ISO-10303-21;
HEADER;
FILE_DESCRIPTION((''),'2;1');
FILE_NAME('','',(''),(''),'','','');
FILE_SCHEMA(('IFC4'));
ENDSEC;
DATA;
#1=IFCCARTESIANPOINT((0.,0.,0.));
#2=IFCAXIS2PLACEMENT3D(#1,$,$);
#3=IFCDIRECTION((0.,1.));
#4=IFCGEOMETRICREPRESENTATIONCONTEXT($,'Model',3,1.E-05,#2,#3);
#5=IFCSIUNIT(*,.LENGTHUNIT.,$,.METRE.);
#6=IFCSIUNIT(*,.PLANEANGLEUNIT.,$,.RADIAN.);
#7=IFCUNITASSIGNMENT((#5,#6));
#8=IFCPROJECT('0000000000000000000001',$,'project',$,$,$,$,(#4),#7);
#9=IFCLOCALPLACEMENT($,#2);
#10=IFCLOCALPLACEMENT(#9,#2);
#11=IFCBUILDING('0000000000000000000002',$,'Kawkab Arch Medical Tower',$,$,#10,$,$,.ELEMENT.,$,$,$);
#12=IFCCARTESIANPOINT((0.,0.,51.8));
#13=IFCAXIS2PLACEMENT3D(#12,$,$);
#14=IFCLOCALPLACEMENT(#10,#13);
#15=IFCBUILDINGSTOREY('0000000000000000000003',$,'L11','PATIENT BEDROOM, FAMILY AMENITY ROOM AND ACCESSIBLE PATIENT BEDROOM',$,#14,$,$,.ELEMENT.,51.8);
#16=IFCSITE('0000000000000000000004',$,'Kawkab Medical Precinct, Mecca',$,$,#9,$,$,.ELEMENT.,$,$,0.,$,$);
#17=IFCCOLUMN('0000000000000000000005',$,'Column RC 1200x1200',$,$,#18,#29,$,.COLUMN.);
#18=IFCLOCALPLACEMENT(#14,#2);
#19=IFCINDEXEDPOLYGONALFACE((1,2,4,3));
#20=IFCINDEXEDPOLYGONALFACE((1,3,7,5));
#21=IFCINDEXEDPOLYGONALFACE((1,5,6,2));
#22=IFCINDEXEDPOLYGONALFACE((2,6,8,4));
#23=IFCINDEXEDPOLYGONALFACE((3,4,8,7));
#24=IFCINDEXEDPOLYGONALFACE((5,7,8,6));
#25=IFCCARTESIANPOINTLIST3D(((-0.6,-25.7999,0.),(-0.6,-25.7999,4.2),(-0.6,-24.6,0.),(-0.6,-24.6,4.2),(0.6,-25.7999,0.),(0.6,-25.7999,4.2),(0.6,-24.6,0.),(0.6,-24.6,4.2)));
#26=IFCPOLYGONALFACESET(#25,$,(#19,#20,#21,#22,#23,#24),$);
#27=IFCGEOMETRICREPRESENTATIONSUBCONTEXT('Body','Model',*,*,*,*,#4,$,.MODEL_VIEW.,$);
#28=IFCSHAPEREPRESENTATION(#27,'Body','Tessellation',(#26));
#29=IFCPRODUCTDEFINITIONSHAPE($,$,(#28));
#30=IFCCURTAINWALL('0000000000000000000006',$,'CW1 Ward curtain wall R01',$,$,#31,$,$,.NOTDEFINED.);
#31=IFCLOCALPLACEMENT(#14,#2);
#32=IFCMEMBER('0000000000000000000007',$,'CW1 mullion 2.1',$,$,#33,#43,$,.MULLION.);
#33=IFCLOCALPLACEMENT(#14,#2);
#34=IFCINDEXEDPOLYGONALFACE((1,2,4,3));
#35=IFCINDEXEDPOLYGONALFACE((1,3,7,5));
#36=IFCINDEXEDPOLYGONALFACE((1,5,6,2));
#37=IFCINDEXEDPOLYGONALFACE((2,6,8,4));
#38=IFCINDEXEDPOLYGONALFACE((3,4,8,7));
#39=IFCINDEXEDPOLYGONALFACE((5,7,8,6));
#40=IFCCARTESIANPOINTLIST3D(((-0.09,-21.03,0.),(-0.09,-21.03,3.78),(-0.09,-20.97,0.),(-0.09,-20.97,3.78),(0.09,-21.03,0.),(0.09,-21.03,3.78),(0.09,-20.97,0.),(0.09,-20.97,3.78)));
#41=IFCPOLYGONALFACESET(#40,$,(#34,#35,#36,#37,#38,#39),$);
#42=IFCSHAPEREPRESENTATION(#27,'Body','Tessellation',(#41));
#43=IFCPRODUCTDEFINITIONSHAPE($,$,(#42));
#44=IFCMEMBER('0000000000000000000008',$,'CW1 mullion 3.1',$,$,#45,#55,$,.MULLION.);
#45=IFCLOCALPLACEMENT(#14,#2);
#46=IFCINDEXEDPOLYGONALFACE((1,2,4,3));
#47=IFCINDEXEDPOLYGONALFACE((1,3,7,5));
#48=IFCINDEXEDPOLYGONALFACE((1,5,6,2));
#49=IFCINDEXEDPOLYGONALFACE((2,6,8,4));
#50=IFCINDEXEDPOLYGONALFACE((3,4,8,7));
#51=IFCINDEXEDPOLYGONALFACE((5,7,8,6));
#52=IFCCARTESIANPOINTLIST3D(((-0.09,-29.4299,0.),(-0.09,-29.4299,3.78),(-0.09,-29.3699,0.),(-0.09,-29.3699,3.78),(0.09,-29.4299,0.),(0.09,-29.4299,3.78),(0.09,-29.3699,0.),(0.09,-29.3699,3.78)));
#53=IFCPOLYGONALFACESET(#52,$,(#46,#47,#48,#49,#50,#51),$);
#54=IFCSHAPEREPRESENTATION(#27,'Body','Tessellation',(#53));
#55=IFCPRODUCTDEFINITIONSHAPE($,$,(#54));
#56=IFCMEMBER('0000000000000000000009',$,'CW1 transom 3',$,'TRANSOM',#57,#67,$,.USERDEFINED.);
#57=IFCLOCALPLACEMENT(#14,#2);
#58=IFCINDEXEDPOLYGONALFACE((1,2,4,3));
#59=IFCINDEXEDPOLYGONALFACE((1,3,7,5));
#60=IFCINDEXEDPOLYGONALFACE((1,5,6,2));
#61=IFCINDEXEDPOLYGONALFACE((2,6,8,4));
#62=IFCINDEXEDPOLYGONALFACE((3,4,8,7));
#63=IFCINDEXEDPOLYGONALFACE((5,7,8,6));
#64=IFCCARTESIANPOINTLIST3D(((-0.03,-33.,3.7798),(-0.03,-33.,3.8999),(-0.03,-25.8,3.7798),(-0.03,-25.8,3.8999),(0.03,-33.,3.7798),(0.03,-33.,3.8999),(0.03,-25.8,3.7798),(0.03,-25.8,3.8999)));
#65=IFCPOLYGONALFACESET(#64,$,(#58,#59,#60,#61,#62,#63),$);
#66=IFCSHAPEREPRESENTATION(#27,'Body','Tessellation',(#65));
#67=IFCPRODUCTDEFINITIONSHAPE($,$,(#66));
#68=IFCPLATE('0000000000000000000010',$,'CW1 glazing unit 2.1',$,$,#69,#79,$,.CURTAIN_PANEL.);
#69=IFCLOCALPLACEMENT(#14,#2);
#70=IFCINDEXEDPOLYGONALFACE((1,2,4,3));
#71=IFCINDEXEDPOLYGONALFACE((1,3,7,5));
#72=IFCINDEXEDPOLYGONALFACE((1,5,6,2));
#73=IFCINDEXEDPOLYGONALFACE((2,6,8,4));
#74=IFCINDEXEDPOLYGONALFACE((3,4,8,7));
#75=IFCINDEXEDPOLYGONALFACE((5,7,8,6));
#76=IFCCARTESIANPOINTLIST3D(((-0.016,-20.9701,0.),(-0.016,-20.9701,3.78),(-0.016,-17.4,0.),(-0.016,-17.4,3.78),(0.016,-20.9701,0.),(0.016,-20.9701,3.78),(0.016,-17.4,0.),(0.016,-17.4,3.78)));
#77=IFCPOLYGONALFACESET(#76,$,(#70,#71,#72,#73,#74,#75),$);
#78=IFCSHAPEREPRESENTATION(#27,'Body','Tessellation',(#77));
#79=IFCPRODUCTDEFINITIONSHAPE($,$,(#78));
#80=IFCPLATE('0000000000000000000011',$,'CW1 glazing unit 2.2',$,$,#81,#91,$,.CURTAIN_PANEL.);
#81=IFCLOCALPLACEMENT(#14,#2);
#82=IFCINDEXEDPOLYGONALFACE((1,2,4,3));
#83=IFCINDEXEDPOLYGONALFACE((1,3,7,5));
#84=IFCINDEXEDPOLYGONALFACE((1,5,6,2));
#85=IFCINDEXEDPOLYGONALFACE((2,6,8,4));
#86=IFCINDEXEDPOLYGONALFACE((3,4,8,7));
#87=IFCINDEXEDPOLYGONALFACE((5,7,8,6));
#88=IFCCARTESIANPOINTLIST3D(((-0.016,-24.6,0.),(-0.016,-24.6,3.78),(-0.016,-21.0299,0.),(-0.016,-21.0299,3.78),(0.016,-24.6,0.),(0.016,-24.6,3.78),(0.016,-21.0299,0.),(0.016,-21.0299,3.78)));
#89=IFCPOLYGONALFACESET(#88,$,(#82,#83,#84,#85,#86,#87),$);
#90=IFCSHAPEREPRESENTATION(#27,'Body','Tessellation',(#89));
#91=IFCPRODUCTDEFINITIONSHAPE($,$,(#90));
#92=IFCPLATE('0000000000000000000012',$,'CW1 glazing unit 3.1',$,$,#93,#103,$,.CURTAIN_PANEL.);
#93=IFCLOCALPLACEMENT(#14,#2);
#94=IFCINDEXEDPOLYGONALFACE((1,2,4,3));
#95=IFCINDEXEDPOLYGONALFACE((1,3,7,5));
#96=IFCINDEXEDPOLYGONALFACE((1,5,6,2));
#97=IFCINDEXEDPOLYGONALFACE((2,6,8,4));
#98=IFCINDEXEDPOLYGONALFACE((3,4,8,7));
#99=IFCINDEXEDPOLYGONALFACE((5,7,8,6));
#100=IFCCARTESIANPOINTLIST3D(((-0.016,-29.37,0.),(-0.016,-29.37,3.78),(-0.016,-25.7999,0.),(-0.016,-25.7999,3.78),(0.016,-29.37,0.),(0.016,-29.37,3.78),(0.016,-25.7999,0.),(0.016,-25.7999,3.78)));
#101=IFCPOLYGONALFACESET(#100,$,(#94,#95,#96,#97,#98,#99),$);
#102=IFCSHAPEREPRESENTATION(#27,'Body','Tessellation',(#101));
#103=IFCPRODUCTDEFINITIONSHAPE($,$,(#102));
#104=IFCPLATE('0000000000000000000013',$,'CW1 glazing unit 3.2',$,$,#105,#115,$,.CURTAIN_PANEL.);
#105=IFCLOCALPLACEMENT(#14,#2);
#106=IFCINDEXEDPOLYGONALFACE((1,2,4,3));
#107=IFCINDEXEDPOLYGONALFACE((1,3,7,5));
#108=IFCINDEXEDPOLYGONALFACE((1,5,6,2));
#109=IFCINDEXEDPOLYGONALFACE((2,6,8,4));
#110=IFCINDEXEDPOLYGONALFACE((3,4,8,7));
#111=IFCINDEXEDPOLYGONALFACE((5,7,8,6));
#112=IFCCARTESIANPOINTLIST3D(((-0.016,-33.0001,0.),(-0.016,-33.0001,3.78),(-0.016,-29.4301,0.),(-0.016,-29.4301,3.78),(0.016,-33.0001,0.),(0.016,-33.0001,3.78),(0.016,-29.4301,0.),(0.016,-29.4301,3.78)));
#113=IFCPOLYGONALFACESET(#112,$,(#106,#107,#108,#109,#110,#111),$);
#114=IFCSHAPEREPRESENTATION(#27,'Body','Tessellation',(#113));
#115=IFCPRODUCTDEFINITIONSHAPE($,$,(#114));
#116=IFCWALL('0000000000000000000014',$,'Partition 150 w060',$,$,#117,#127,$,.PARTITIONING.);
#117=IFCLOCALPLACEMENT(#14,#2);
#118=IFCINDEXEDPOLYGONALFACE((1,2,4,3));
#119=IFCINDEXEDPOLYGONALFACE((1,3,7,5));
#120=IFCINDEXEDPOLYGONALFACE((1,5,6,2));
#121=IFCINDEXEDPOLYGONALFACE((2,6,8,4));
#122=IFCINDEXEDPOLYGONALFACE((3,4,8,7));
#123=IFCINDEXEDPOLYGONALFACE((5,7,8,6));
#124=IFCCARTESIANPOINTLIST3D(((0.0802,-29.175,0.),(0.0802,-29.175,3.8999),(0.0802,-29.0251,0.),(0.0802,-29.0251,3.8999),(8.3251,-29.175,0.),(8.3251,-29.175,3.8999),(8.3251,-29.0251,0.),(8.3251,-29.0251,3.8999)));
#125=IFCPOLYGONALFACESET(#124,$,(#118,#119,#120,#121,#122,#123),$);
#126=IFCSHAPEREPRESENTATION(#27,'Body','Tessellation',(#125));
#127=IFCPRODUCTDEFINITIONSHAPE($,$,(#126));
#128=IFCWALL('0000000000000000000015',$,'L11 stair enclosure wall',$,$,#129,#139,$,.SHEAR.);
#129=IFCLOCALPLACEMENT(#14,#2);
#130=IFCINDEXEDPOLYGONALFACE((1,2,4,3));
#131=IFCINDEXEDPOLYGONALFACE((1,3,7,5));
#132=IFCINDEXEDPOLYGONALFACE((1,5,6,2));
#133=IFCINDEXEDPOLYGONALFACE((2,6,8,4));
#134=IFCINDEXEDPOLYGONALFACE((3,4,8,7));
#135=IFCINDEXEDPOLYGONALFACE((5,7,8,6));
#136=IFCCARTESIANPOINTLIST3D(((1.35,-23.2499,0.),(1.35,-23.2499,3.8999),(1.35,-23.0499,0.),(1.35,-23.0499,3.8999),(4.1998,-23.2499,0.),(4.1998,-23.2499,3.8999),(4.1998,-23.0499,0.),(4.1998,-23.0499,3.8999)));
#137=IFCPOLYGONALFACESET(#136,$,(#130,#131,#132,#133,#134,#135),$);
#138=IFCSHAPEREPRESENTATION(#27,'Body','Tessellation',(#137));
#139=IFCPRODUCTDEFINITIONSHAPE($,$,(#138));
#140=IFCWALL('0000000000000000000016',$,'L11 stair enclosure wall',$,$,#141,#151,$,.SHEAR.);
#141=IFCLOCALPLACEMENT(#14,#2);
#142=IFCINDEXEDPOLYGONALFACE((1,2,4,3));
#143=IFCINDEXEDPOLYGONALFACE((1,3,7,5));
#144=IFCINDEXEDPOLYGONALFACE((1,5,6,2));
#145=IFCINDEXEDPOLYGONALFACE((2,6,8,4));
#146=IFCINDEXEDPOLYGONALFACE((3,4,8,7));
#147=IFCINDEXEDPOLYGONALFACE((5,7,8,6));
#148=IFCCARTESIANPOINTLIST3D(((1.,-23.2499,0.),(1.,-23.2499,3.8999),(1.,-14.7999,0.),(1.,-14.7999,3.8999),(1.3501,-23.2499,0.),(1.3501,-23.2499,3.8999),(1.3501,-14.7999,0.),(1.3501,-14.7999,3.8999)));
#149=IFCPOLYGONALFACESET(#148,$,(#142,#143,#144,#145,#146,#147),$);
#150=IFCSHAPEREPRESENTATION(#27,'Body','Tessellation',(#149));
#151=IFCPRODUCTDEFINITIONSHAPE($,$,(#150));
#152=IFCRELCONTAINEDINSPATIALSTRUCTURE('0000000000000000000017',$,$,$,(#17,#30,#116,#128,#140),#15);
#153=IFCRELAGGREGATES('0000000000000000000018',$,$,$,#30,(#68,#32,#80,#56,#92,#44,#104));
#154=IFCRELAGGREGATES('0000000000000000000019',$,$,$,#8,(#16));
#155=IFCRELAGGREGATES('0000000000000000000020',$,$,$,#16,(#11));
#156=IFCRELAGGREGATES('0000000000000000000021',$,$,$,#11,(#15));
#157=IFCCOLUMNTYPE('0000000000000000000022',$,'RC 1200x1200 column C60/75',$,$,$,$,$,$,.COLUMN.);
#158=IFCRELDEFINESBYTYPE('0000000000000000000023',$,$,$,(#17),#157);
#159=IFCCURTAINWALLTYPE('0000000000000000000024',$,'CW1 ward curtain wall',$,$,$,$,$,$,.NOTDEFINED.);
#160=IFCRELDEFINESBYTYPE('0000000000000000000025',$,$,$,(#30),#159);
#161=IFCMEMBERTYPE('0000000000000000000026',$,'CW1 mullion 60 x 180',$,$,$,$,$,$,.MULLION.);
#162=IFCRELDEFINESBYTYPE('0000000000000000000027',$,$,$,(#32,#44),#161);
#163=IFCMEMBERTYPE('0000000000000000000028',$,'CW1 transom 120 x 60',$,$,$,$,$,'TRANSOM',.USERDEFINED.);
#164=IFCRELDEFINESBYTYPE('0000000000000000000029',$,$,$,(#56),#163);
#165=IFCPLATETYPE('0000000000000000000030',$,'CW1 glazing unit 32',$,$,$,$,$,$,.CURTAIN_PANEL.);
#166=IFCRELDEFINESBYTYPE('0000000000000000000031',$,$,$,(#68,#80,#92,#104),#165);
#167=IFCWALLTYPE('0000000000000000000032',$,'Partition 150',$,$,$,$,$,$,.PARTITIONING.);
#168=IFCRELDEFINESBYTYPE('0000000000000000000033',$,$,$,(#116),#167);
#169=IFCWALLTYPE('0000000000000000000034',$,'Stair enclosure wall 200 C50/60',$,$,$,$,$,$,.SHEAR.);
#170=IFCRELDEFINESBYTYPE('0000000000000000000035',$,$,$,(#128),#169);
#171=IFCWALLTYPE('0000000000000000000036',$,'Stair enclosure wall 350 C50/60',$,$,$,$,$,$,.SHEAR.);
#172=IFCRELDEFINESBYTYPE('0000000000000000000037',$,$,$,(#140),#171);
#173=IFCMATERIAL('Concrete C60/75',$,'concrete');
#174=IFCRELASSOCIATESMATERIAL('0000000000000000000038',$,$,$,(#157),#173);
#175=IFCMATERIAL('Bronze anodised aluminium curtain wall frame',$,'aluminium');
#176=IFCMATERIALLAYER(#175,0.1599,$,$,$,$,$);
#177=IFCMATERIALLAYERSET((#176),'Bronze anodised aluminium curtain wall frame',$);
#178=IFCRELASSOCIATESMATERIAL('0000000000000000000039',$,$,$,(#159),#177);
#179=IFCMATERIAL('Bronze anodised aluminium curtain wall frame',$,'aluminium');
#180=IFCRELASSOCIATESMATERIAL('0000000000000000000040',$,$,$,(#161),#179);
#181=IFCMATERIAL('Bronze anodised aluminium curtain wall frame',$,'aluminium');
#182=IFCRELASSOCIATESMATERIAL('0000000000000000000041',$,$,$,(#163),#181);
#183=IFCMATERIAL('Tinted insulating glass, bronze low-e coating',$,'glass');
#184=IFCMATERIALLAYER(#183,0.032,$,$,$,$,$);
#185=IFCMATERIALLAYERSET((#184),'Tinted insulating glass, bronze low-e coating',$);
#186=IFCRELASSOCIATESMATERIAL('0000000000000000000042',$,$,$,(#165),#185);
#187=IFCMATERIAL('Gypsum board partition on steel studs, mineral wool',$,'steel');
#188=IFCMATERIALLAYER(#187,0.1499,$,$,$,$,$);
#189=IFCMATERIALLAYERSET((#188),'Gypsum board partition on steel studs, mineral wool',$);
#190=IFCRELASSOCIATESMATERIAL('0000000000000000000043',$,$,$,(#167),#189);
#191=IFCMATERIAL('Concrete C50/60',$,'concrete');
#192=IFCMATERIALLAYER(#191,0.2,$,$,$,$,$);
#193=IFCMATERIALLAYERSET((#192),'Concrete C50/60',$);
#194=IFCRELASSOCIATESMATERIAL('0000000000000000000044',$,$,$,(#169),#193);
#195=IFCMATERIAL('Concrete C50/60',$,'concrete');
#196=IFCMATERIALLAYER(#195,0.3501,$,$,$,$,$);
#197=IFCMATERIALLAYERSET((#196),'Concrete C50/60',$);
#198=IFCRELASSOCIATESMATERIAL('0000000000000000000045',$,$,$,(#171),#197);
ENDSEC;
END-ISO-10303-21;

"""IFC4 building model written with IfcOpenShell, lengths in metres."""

from ifc_helpers import new_model, si_unit, direction, frame, frame_2d, origin, origin_2d, place, context, subcontext, project, spatial, rectangle, extrude, material, layer, layer_set, material_profile, profile_set, type_object, element, aggregate, save


model = new_model("IFC4")

# Units and contexts
model_context = context("Model", 3, precision=1e-05, world=origin(), true_north=direction((0.0, 1.0)))
body_context = subcontext(model_context, "Body", "Model", "MODEL_VIEW")
ifc_project = project(units=[si_unit("LENGTHUNIT", "METRE"), si_unit("PLANEANGLEUNIT", "RADIAN")], contexts=[model_context])

# Site, building, storey
site_placement = place(None, origin())
site = spatial("IfcSite", under=ifc_project, at=site_placement, Name="Kawkab Medical Precinct, Mecca", CompositionType="ELEMENT", RefElevation=0.0)
building_placement = place(site_placement, origin())
building = spatial("IfcBuilding", under=site, at=building_placement, Name="Kawkab Arch Medical Tower", CompositionType="ELEMENT")
storey_placement = place(building_placement, frame((0.0, 0.0, 51.8)))
storey = spatial("IfcBuildingStorey", under=building, at=storey_placement, Name="L11", Description="PATIENT BEDROOM, FAMILY AMENITY ROOM AND ACCESSIBLE PATIENT BEDROOM", CompositionType="ELEMENT", Elevation=51.8)

# Column
ifc_material_1 = material(Name="Concrete C60/75", Category="concrete")
ifc_material_profile_1 = material_profile(ifc_material_1, rectangle(XDim=1.2, YDim=1.2, at=origin_2d()), Name="RC 1200x1200")
ifc_profile_set_1 = profile_set([ifc_material_profile_1], Name="Concrete C60/75")
column_type = type_object("IfcColumnType", Name="RC 1200x1200 column C60/75", PredefinedType="COLUMN", material=ifc_profile_set_1)
column_placement = place(storey_placement, frame((0.0, -25.2, 0.0), z_axis=(0.0, 0.0, 1.0), x_axis=(1.0, 0.0, 0.0)))
element("IfcColumn", 1, at=column_placement, inside=storey, type_object=column_type, Name="Column RC 1200x1200", PredefinedType="COLUMN", context=body_context, shape_type="SweptSolid", body=[
    extrude(rectangle(XDim=1.2, YDim=1.2, at=origin_2d()), origin(), (0.0, 0.0, 1.0), 4.2),
])

# Curtain wall, members, plates
ifc_material_2 = material(Name="Bronze anodised aluminium curtain wall frame", Category="aluminium")
ifc_layer_1 = layer(ifc_material_2, 0.1599)
ifc_layer_set_1 = layer_set([ifc_layer_1], Name="Bronze anodised aluminium curtain wall frame")
curtain_wall_type = type_object("IfcCurtainWallType", Name="CW1 ward curtain wall", PredefinedType="NOTDEFINED", material=ifc_layer_set_1)
placement = place(storey_placement, origin())
curtain_wall = element("IfcCurtainWall", 2, at=placement, inside=storey, type_object=curtain_wall_type, Name="CW1 Ward curtain wall R01", PredefinedType="NOTDEFINED")
ifc_material_3 = material(Name="Bronze anodised aluminium curtain wall frame", Category="aluminium")
ifc_material_profile_2 = material_profile(ifc_material_3, rectangle(XDim=0.1799, YDim=0.0601, at=origin_2d()), Name="AL 60x180")
ifc_profile_set_2 = profile_set([ifc_material_profile_2], Name="Bronze anodised aluminium curtain wall frame")
member_type_1 = type_object("IfcMemberType", Name="CW1 mullion 60 x 180", PredefinedType="MULLION", material=ifc_profile_set_2)
member_1_placement = place(storey_placement, frame((0.0, -21.0, 0.0), z_axis=(0.0, 0.0, 1.0), x_axis=(1.0, 0.0, 0.0)))
member_1 = element("IfcMember", 3, at=member_1_placement, type_object=member_type_1, Name="CW1 mullion 2.1", PredefinedType="MULLION", context=body_context, shape_type="SweptSolid", body=[
    extrude(rectangle(XDim=0.1799, YDim=0.0601, at=origin_2d()), origin(), (0.0, 0.0, 1.0), 3.78),
])
member_2_placement = place(storey_placement, frame((0.0, -29.3999, 0.0), z_axis=(0.0, 0.0, 1.0), x_axis=(1.0, 0.0, 0.0)))
member_2 = element("IfcMember", 4, at=member_2_placement, type_object=member_type_1, Name="CW1 mullion 3.1", PredefinedType="MULLION", context=body_context, shape_type="SweptSolid", body=[
    extrude(rectangle(XDim=0.1799, YDim=0.0601, at=origin_2d()), origin(), (0.0, 0.0, 1.0), 3.78),
])
ifc_material_4 = material(Name="Bronze anodised aluminium curtain wall frame", Category="aluminium")
ifc_material_profile_3 = material_profile(ifc_material_4, rectangle(XDim=0.0601, YDim=0.1201, at=origin_2d()), Name="AL 60x120")
ifc_profile_set_3 = profile_set([ifc_material_profile_3], Name="Bronze anodised aluminium curtain wall frame")
member_type_2 = type_object("IfcMemberType", Name="CW1 transom 120 x 60", ElementType="TRANSOM", PredefinedType="USERDEFINED", material=ifc_profile_set_3)
member_3_placement = place(storey_placement, frame((0.0, -25.8, 3.8398), z_axis=(0.0, -1.0, 0.0), x_axis=(1.0, 0.0, 0.0)))
member_3 = element("IfcMember", 5, at=member_3_placement, type_object=member_type_2, Name="CW1 transom 3", ObjectType="TRANSOM", PredefinedType="USERDEFINED", context=body_context, shape_type="SweptSolid", body=[
    extrude(rectangle(XDim=0.0601, YDim=0.1201, at=origin_2d()), origin(), (0.0, 0.0, 1.0), 7.2),
])
ifc_material_5 = material(Name="Tinted insulating glass, bronze low-e coating", Category="glass")
ifc_layer_2 = layer(ifc_material_5, 0.032)
ifc_layer_set_2 = layer_set([ifc_layer_2], Name="Tinted insulating glass, bronze low-e coating")
plate_type = type_object("IfcPlateType", Name="CW1 glazing unit 32", PredefinedType="CURTAIN_PANEL", material=ifc_layer_set_2)
plate_1_placement = place(storey_placement, frame((0.0, -19.1851, 0.0), z_axis=(0.0, 0.0, 1.0), x_axis=(0.0, -1.0, 0.0)))
plate_1 = element("IfcPlate", 6, at=plate_1_placement, type_object=plate_type, Name="CW1 glazing unit 2.1", PredefinedType="CURTAIN_PANEL", context=body_context, shape_type="SweptSolid", body=[
    extrude(rectangle(XDim=3.5701, YDim=0.032, at=origin_2d()), origin(), (0.0, 0.0, 1.0), 3.78),
])
plate_2_placement = place(storey_placement, frame((0.0, -22.8149, 0.0), z_axis=(0.0, 0.0, 1.0), x_axis=(0.0, -1.0, 0.0)))
plate_2 = element("IfcPlate", 7, at=plate_2_placement, type_object=plate_type, Name="CW1 glazing unit 2.2", PredefinedType="CURTAIN_PANEL", context=body_context, shape_type="SweptSolid", body=[
    extrude(rectangle(XDim=3.5701, YDim=0.032, at=origin_2d()), origin(), (0.0, 0.0, 1.0), 3.78),
])
plate_3_placement = place(storey_placement, frame((0.0, -27.585, 0.0), z_axis=(0.0, 0.0, 1.0), x_axis=(0.0, -1.0, 0.0)))
plate_3 = element("IfcPlate", 8, at=plate_3_placement, type_object=plate_type, Name="CW1 glazing unit 3.1", PredefinedType="CURTAIN_PANEL", context=body_context, shape_type="SweptSolid", body=[
    extrude(rectangle(XDim=3.5701, YDim=0.032, at=origin_2d()), origin(), (0.0, 0.0, 1.0), 3.78),
])
plate_4_placement = place(storey_placement, frame((0.0, -31.2151, 0.0), z_axis=(0.0, 0.0, 1.0), x_axis=(0.0, -1.0, 0.0)))
plate_4 = element("IfcPlate", 9, at=plate_4_placement, type_object=plate_type, Name="CW1 glazing unit 3.2", PredefinedType="CURTAIN_PANEL", context=body_context, shape_type="SweptSolid", body=[
    extrude(rectangle(XDim=3.5701, YDim=0.032, at=origin_2d()), origin(), (0.0, 0.0, 1.0), 3.78),
])
aggregate(curtain_wall, [plate_1, member_1, plate_2, member_3, plate_3, member_2, plate_4])

# Walls
ifc_material_6 = material(Name="Gypsum board partition on steel studs, mineral wool", Category="steel")
ifc_layer_3 = layer(ifc_material_6, 0.1499)
ifc_layer_set_3 = layer_set([ifc_layer_3], Name="Gypsum board partition on steel studs, mineral wool")
wall_type_1 = type_object("IfcWallType", Name="Partition 150", PredefinedType="PARTITIONING", material=ifc_layer_set_3)
wall_1_placement = place(storey_placement, frame((0.0801, -29.1001, 0.0), z_axis=(0.0, 0.0, 1.0), x_axis=(1.0, 0.0, 0.0)))
element("IfcWall", 10, at=wall_1_placement, inside=storey, type_object=wall_type_1, Name="Partition 150 w060", PredefinedType="PARTITIONING", context=body_context, shape_type="SweptSolid", body=[
    extrude(rectangle(XDim=8.2449, YDim=0.1499, at=frame_2d((4.1226, 0.0))), origin(), (0.0, 0.0, 1.0), 3.8999),
])
ifc_material_7 = material(Name="Concrete C50/60", Category="concrete")
ifc_layer_4 = layer(ifc_material_7, 0.2)
ifc_layer_set_4 = layer_set([ifc_layer_4], Name="Concrete C50/60")
wall_type_2 = type_object("IfcWallType", Name="Stair enclosure wall 200 C50/60", PredefinedType="SHEAR", material=ifc_layer_set_4)
wall_2_placement = place(storey_placement, frame((1.3501, -23.1499, 0.0), z_axis=(0.0, 0.0, 1.0), x_axis=(1.0, 0.0, 0.0)))
element("IfcWall", 11, at=wall_2_placement, inside=storey, type_object=wall_type_2, Name="L11 stair enclosure wall", PredefinedType="SHEAR", context=body_context, shape_type="SweptSolid", body=[
    extrude(rectangle(XDim=2.8499, YDim=0.2, at=frame_2d((1.4248, 0.0))), origin(), (0.0, 0.0, 1.0), 3.8999),
])
ifc_material_8 = material(Name="Concrete C50/60", Category="concrete")
ifc_layer_5 = layer(ifc_material_8, 0.3501)
ifc_layer_set_5 = layer_set([ifc_layer_5], Name="Concrete C50/60")
wall_type_3 = type_object("IfcWallType", Name="Stair enclosure wall 350 C50/60", PredefinedType="SHEAR", material=ifc_layer_set_5)
wall_3_placement = place(storey_placement, frame((1.175, -23.25, 0.0), z_axis=(0.0, 0.0, 1.0), x_axis=(0.0, 1.0, 0.0)))
element("IfcWall", 12, at=wall_3_placement, inside=storey, type_object=wall_type_3, Name="L11 stair enclosure wall", PredefinedType="SHEAR", context=body_context, shape_type="SweptSolid", body=[
    extrude(rectangle(XDim=8.45, YDim=0.3501, at=frame_2d((4.2251, 0.0))), origin(), (0.0, 0.0, 1.0), 3.8999),
])

save(model, "model.ifc")
